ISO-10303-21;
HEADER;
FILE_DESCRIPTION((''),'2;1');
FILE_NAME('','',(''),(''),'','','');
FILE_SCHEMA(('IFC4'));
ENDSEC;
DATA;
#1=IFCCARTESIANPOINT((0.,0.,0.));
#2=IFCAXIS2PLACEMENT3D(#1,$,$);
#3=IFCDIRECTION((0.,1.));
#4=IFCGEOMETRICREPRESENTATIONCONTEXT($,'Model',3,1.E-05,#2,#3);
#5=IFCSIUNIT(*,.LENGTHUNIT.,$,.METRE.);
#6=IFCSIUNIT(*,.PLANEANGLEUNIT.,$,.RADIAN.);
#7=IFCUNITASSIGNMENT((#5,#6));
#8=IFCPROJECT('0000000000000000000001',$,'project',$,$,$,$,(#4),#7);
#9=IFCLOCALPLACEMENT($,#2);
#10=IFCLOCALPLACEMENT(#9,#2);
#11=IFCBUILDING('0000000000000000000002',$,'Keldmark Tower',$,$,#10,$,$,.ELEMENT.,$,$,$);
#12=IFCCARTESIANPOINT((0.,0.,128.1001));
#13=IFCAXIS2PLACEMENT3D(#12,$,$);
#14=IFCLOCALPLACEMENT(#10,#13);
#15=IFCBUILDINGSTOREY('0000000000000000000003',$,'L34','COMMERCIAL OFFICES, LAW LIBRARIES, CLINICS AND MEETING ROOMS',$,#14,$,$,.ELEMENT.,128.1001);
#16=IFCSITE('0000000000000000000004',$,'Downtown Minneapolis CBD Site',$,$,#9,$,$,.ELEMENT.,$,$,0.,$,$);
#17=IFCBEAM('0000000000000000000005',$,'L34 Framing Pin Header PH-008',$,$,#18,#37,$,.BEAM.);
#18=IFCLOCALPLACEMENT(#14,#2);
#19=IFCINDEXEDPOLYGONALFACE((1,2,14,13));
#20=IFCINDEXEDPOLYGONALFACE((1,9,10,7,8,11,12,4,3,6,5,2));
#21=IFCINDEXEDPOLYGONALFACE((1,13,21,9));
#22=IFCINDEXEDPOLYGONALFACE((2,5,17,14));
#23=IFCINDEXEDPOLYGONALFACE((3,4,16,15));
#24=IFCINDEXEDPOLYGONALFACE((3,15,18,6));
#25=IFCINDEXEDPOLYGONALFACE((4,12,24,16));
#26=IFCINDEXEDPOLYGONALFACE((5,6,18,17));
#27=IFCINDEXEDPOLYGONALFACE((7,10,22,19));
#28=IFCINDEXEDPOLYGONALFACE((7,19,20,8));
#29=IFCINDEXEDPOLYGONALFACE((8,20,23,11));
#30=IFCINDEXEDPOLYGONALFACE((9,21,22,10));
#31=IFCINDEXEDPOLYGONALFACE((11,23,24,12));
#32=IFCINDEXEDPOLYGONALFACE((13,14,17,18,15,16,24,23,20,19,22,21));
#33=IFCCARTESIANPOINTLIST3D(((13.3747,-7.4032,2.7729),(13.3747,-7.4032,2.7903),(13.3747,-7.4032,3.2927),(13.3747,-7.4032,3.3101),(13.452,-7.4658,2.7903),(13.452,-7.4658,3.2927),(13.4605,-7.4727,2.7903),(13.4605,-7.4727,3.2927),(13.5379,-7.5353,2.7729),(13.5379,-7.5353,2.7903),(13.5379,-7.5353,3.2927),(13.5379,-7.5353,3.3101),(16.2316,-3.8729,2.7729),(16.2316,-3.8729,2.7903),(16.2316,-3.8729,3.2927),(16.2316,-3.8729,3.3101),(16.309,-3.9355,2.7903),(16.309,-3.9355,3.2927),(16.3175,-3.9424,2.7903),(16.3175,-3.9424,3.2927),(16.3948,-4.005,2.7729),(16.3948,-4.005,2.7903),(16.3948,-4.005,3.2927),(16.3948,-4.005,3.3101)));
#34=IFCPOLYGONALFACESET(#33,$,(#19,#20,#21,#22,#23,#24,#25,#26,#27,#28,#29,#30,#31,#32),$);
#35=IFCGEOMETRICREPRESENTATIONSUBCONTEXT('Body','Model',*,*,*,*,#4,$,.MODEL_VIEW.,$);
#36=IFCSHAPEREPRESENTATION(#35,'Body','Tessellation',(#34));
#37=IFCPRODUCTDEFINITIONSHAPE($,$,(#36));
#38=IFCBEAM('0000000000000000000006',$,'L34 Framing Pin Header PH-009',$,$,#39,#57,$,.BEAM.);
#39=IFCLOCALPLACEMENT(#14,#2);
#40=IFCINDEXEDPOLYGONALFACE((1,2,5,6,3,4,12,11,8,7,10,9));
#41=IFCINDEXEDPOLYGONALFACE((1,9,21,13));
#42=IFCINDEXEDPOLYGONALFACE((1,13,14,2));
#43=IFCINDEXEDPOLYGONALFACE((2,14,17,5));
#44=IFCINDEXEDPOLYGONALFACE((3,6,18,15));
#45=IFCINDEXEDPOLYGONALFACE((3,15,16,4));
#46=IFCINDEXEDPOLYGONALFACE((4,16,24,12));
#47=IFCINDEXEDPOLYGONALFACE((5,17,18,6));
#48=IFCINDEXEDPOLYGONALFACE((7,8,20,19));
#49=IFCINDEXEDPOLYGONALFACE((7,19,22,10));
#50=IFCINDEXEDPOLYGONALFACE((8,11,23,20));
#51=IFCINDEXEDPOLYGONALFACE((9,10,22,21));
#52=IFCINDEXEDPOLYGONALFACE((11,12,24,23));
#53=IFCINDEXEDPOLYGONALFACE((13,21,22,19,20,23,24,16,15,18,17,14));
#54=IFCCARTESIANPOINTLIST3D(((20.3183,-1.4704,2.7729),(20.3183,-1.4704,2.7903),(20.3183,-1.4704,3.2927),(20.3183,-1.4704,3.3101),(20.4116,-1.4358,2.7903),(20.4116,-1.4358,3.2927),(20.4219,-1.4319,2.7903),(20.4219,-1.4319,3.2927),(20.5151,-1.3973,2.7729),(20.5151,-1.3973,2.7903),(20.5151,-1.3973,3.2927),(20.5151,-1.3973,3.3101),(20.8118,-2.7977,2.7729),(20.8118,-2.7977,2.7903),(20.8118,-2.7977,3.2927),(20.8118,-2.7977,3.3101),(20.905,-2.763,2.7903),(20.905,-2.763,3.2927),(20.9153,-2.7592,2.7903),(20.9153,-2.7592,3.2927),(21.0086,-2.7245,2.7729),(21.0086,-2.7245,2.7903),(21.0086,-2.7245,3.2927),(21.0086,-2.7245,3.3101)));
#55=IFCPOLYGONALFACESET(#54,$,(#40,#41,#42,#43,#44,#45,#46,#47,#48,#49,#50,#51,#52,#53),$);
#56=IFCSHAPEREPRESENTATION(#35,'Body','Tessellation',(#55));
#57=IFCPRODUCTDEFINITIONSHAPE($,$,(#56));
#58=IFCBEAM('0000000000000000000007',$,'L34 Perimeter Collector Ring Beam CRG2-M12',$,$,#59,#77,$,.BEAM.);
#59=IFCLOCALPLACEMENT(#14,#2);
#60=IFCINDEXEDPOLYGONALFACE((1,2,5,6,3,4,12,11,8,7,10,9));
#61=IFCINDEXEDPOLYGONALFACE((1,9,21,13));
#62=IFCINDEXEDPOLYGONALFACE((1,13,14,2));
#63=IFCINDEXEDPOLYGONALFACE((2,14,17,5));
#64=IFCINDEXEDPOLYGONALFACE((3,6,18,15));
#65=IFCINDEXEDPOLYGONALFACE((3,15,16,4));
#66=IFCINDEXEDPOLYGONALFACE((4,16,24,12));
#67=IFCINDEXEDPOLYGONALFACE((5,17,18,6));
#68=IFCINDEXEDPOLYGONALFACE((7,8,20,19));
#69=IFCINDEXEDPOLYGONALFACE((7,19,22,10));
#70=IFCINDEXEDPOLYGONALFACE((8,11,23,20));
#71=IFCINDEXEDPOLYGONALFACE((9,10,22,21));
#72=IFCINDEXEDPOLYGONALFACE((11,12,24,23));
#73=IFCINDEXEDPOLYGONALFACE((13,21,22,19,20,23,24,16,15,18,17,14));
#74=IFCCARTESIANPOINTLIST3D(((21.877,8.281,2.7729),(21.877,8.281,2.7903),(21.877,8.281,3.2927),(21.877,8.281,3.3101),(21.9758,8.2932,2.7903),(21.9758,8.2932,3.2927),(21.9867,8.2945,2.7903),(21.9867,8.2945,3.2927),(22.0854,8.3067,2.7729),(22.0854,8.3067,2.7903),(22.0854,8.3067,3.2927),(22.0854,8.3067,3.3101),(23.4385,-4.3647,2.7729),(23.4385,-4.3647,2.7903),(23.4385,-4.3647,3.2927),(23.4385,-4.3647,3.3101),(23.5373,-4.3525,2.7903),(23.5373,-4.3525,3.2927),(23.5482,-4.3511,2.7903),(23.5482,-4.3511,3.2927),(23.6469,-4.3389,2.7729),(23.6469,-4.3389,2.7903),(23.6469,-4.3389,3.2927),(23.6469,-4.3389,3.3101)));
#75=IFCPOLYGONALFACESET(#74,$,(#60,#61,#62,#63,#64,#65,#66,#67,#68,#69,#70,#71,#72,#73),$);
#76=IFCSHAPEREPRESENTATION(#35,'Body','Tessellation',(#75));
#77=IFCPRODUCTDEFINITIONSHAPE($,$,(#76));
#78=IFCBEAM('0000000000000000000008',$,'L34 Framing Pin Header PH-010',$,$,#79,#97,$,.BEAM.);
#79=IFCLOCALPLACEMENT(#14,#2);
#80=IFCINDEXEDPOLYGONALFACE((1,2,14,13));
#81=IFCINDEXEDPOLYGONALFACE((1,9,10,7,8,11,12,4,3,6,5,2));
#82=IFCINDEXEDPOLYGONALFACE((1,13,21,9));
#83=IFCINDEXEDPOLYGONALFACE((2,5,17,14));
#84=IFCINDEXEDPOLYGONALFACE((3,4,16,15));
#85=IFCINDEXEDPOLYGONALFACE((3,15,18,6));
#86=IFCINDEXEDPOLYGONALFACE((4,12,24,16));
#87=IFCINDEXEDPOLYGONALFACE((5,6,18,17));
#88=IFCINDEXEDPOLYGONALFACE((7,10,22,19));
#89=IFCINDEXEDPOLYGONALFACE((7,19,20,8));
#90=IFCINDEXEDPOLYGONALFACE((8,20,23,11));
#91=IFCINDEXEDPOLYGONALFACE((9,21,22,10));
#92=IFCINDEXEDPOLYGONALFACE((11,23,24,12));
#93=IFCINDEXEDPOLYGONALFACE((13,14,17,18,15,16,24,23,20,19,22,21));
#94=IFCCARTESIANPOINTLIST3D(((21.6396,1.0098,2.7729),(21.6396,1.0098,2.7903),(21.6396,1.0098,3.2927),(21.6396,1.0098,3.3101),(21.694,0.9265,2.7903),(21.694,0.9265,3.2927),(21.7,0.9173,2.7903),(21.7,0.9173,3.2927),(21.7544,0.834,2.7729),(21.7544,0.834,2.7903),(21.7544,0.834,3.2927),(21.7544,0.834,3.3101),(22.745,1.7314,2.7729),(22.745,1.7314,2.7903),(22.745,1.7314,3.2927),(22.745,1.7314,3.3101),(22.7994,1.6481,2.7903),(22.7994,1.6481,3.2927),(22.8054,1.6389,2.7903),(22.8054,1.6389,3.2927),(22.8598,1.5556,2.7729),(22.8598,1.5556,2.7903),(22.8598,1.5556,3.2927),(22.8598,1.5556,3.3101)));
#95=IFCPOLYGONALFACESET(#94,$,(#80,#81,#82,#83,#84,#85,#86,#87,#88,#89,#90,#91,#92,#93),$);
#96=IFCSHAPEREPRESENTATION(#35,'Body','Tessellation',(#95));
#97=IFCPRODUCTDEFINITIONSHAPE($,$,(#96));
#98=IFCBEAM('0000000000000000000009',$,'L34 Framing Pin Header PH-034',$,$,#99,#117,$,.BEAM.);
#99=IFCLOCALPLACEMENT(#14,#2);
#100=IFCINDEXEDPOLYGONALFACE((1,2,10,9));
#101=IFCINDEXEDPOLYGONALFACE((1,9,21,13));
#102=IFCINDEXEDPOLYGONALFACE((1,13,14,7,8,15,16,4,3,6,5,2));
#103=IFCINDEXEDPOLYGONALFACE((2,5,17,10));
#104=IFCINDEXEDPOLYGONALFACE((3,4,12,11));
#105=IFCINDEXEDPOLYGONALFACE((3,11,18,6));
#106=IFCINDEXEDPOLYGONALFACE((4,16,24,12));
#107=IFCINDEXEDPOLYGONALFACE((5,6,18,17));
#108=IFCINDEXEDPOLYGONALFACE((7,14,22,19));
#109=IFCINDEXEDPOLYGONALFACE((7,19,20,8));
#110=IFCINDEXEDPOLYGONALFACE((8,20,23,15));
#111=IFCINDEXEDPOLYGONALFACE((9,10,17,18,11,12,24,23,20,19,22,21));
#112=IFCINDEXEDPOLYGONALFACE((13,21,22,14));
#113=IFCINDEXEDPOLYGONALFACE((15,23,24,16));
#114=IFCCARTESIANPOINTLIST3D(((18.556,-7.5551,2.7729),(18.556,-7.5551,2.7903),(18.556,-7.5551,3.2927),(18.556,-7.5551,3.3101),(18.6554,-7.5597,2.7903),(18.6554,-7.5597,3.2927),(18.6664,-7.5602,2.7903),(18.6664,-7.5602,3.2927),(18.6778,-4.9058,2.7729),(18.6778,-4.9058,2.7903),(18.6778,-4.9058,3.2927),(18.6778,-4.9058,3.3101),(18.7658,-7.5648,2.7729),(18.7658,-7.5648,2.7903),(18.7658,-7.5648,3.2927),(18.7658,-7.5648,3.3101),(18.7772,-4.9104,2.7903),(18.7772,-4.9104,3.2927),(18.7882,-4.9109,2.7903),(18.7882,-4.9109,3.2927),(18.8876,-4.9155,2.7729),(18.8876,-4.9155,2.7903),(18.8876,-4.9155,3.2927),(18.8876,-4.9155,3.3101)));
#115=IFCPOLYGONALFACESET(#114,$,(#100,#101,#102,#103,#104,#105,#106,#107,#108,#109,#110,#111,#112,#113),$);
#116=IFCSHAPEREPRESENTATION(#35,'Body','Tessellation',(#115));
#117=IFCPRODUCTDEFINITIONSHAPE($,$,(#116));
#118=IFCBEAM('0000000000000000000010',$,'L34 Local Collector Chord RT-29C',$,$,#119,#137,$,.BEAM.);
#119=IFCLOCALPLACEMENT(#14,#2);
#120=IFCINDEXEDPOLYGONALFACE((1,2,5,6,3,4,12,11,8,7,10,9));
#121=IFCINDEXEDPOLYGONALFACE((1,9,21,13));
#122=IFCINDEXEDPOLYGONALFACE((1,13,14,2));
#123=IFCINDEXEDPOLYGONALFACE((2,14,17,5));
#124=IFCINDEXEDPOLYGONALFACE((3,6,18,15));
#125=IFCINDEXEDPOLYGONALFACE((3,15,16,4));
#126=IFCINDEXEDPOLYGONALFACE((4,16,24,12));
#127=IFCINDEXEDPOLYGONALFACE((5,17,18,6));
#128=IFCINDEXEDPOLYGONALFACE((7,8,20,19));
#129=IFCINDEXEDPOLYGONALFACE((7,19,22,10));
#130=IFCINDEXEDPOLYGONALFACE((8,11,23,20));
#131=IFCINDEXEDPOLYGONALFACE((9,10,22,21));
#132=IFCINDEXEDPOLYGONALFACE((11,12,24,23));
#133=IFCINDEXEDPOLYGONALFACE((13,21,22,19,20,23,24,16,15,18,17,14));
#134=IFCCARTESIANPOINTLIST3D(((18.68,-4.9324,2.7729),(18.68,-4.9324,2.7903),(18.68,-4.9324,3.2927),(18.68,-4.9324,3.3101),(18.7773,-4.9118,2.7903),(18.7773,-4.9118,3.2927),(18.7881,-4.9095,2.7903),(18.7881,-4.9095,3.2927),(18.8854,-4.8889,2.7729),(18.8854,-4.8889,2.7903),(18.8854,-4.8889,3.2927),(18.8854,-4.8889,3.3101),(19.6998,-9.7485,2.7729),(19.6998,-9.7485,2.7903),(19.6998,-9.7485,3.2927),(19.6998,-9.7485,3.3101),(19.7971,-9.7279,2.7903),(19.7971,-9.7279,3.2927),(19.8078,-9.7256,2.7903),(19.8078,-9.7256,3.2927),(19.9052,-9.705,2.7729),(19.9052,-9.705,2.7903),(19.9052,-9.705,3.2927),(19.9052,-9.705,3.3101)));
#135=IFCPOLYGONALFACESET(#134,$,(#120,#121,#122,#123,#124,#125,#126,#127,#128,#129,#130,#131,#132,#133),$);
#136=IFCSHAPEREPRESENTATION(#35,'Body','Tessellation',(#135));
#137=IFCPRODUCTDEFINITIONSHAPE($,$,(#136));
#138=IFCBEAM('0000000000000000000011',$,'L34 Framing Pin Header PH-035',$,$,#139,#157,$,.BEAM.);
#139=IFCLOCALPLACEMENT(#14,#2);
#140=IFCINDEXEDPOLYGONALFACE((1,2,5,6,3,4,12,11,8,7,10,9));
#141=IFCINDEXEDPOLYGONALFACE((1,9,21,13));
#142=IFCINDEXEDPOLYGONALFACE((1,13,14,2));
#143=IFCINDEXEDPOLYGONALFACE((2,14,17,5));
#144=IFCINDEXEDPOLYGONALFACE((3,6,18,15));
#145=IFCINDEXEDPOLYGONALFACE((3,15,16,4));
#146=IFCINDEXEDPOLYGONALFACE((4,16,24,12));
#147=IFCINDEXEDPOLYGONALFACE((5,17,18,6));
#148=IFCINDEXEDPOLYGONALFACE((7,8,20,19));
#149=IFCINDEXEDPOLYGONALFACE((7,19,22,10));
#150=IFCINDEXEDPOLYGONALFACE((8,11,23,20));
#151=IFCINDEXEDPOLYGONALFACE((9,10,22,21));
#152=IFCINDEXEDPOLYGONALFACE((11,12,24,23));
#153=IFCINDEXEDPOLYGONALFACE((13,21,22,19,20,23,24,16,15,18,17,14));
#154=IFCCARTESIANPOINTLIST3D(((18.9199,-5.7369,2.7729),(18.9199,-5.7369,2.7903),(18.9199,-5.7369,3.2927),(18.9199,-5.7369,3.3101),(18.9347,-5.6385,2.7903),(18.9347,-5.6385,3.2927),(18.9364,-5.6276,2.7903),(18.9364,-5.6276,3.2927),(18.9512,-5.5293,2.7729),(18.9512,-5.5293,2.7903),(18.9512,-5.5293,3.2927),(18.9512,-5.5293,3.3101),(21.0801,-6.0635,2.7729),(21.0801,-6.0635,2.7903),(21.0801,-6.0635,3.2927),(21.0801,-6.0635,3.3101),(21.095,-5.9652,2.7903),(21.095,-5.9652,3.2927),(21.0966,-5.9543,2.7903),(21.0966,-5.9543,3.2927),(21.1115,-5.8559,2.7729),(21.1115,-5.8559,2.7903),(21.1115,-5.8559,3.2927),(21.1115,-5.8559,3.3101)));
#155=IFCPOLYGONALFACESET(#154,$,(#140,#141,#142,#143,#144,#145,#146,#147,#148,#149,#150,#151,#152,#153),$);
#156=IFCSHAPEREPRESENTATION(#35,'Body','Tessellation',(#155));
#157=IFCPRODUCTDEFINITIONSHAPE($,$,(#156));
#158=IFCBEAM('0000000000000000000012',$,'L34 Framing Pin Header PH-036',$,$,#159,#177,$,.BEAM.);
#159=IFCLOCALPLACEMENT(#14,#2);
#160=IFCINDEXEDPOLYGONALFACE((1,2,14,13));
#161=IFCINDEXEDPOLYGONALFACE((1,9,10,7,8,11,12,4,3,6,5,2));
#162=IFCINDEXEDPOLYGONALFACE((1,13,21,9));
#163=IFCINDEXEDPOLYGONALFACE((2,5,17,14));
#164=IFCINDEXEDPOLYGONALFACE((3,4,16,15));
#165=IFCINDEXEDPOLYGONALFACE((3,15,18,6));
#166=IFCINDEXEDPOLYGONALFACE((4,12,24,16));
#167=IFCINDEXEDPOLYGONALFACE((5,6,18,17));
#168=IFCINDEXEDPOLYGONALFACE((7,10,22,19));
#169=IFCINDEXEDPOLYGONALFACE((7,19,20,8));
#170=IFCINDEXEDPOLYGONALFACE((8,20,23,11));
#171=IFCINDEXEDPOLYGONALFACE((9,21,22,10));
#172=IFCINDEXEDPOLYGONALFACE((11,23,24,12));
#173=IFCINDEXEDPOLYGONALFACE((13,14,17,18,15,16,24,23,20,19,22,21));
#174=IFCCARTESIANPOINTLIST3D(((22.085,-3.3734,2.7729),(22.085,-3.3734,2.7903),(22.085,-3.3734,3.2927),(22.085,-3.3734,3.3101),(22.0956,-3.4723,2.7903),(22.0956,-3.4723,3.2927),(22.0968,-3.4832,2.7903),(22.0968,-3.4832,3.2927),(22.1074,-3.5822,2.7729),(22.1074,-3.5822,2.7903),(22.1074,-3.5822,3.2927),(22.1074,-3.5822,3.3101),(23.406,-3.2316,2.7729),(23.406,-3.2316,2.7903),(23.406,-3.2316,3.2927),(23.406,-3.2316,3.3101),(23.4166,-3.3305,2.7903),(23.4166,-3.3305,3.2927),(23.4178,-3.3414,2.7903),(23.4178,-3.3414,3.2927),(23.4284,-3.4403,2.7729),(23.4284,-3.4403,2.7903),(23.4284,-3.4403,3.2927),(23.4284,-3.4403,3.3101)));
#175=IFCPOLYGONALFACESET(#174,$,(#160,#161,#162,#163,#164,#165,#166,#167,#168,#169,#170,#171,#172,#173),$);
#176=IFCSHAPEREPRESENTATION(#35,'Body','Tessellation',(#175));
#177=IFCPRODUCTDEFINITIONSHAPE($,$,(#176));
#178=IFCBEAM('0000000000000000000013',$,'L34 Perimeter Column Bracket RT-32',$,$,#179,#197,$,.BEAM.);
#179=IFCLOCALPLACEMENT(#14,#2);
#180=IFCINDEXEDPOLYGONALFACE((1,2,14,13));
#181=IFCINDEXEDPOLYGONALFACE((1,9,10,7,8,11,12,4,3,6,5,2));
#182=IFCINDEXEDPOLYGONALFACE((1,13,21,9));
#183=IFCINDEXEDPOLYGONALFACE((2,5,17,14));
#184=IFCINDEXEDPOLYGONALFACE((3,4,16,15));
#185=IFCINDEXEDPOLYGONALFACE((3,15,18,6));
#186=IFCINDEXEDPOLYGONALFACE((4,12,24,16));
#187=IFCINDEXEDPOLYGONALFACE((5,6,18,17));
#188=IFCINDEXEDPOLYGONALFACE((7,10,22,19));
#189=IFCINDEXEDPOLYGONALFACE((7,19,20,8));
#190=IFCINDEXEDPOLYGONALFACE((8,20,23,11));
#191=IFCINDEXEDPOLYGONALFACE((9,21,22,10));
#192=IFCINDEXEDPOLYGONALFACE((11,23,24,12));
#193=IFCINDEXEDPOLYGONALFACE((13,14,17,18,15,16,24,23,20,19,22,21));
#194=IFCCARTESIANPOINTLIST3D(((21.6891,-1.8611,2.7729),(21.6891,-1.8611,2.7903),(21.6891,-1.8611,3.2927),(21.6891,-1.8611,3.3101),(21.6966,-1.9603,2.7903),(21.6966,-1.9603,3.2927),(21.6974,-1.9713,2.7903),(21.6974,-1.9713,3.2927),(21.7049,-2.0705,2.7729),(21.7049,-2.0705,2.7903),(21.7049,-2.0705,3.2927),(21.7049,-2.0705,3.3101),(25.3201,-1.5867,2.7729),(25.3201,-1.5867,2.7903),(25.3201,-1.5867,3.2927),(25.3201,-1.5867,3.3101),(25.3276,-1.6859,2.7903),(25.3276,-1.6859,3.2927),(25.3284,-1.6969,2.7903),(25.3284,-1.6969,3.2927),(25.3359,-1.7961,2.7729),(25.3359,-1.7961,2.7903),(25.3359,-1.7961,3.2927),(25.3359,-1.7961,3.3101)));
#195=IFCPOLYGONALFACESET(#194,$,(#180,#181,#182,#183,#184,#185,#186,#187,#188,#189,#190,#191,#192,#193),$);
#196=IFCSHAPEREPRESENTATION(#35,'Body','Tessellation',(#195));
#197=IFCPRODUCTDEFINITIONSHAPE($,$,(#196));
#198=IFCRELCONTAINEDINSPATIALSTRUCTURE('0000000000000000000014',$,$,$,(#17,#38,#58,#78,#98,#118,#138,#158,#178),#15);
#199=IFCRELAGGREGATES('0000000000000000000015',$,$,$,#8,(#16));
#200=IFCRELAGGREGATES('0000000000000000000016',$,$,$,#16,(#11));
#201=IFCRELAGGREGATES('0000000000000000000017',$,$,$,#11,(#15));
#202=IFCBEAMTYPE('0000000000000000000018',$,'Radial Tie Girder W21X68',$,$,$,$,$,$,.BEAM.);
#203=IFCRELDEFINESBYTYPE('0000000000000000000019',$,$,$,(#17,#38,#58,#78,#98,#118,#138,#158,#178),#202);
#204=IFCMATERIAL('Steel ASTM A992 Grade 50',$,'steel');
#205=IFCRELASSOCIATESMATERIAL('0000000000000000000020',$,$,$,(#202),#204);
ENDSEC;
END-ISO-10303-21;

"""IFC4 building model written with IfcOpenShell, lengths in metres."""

from ifc_helpers import new_model, si_unit, direction, frame, origin, origin_2d, place, context, subcontext, project, spatial, i_section, extrude, material, material_profile, profile_set, type_object, element, save


model = new_model("IFC4")

# Units and contexts
model_context = context("Model", 3, precision=1e-05, world=origin(), true_north=direction((0.0, 1.0)))
body_context = subcontext(model_context, "Body", "Model", "MODEL_VIEW")
ifc_project = project(units=[si_unit("LENGTHUNIT", "METRE"), si_unit("PLANEANGLEUNIT", "RADIAN")], contexts=[model_context])

# Site, building, storey
site_placement = place(None, origin())
site = spatial("IfcSite", under=ifc_project, at=site_placement, Name="Downtown Minneapolis CBD Site", CompositionType="ELEMENT", RefElevation=0.0)
building_placement = place(site_placement, origin())
building = spatial("IfcBuilding", under=site, at=building_placement, Name="Keldmark Tower", CompositionType="ELEMENT")
storey_placement = place(building_placement, frame((0.0, 0.0, 128.1001)))
storey = spatial("IfcBuildingStorey", under=building, at=storey_placement, Name="L34", Description="COMMERCIAL OFFICES, LAW LIBRARIES, CLINICS AND MEETING ROOMS", CompositionType="ELEMENT", Elevation=128.1001)

# Beams
ifc_material_1 = material(Name="Steel ASTM A992 Grade 50", Category="steel")
ifc_material_profile_1 = material_profile(ifc_material_1, i_section(OverallWidth=0.21, OverallDepth=0.5371, WebThickness=0.011, FlangeThickness=0.0173, at=origin_2d()), Name="W21X68")
ifc_profile_set_1 = profile_set([ifc_material_profile_1], Name="Steel ASTM A992 Grade 50")
beam_type_1 = type_object("IfcBeamType", Name="Radial Tie Girder W21X68", PredefinedType="BEAM", material=ifc_profile_set_1)
beam_1_placement = place(storey_placement, frame((16.3132, -3.939, 3.0415), z_axis=(-0.629078, -0.777343, 0.0), x_axis=(0.777343, -0.629078, 0.0)))
element("IfcBeam", 1, at=beam_1_placement, inside=storey, type_object=beam_type_1, Name="L34 Framing Pin Header PH-008", PredefinedType="BEAM", context=body_context, shape_type="SweptSolid", body=[
    extrude(i_section(OverallWidth=0.21, OverallDepth=0.5371, WebThickness=0.011, FlangeThickness=0.0173, at=origin_2d()), origin(), (0.0, 0.0, 1.0), 4.5415),
])
beam_2_placement = place(storey_placement, frame((20.4167, -1.4338, 3.0415), z_axis=(0.348477, -0.937317, 0.0), x_axis=(0.937317, 0.348477, 0.0)))
element("IfcBeam", 2, at=beam_2_placement, inside=storey, type_object=beam_type_1, Name="L34 Framing Pin Header PH-009", PredefinedType="BEAM", context=body_context, shape_type="SweptSolid", body=[
    extrude(i_section(OverallWidth=0.21, OverallDepth=0.5371, WebThickness=0.011, FlangeThickness=0.0173, at=origin_2d()), origin(), (0.0, 0.0, 1.0), 1.416),
])
beam_3_placement = place(storey_placement, frame((23.5427, -4.3518, 3.0415), z_axis=(-0.122551, 0.992462, 0.0), x_axis=(-0.992462, -0.122551, 0.0)))
element("IfcBeam", 3, at=beam_3_placement, inside=storey, type_object=beam_type_1, Name="L34 Perimeter Collector Ring Beam CRG2-M12", PredefinedType="BEAM", context=body_context, shape_type="SweptSolid", body=[
    extrude(i_section(OverallWidth=0.21, OverallDepth=0.5371, WebThickness=0.011, FlangeThickness=0.0173, at=origin_2d()), origin(), (0.0, 0.0, 1.0), 12.7417),
])
beam_4_placement = place(storey_placement, frame((21.697, 0.9219, 3.0415), z_axis=(0.83736, 0.546651, 0.0), x_axis=(-0.546651, 0.83736, 0.0)))
element("IfcBeam", 4, at=beam_4_placement, inside=storey, type_object=beam_type_1, Name="L34 Framing Pin Header PH-010", PredefinedType="BEAM", context=body_context, shape_type="SweptSolid", body=[
    extrude(i_section(OverallWidth=0.21, OverallDepth=0.5371, WebThickness=0.011, FlangeThickness=0.0173, at=origin_2d()), origin(), (0.0, 0.0, 1.0), 1.3201),
])
beam_5_placement = place(storey_placement, frame((18.7827, -4.9106, 3.0415), z_axis=(-0.045934, -0.998944, 0.0), x_axis=(0.998944, -0.045934, 0.0)))
element("IfcBeam", 5, at=beam_5_placement, inside=storey, type_object=beam_type_1, Name="L34 Framing Pin Header PH-034", PredefinedType="BEAM", context=body_context, shape_type="SweptSolid", body=[
    extrude(i_section(OverallWidth=0.21, OverallDepth=0.5371, WebThickness=0.011, FlangeThickness=0.0173, at=origin_2d()), origin(), (0.0, 0.0, 1.0), 2.6521),
])
beam_6_placement = place(storey_placement, frame((18.7827, -4.9106, 3.0415), z_axis=(0.207148, -0.97831, 0.0), x_axis=(0.97831, 0.207148, 0.0)))
element("IfcBeam", 6, at=beam_6_placement, inside=storey, type_object=beam_type_1, Name="L34 Local Collector Chord RT-29C", PredefinedType="BEAM", context=body_context, shape_type="SweptSolid", body=[
    extrude(i_section(OverallWidth=0.21, OverallDepth=0.5371, WebThickness=0.011, FlangeThickness=0.0173, at=origin_2d()), origin(), (0.0, 0.0, 1.0), 4.9229),
])
beam_7_placement = place(storey_placement, frame((18.9355, -5.6331, 3.0415), z_axis=(0.988759, -0.149521, 0.0), x_axis=(0.149521, 0.988759, 0.0)))
element("IfcBeam", 7, at=beam_7_placement, inside=storey, type_object=beam_type_1, Name="L34 Framing Pin Header PH-035", PredefinedType="BEAM", context=body_context, shape_type="SweptSolid", body=[
    extrude(i_section(OverallWidth=0.21, OverallDepth=0.5371, WebThickness=0.011, FlangeThickness=0.0173, at=origin_2d()), origin(), (0.0, 0.0, 1.0), 2.1848),
])
beam_8_placement = place(storey_placement, frame((22.0962, -3.4778, 3.0415), z_axis=(0.994285, 0.10676, 0.0), x_axis=(-0.10676, 0.994285, 0.0)))
element("IfcBeam", 8, at=beam_8_placement, inside=storey, type_object=beam_type_1, Name="L34 Framing Pin Header PH-036", PredefinedType="BEAM", context=body_context, shape_type="SweptSolid", body=[
    extrude(i_section(OverallWidth=0.21, OverallDepth=0.5371, WebThickness=0.011, FlangeThickness=0.0173, at=origin_2d()), origin(), (0.0, 0.0, 1.0), 1.3286),
])
beam_9_placement = place(storey_placement, frame((21.697, -1.9658, 3.0415), z_axis=(0.997157, 0.075358, 0.0), x_axis=(-0.075358, 0.997157, 0.0)))
element("IfcBeam", 9, at=beam_9_placement, inside=storey, type_object=beam_type_1, Name="L34 Perimeter Column Bracket RT-32", PredefinedType="BEAM", context=body_context, shape_type="SweptSolid", body=[
    extrude(i_section(OverallWidth=0.21, OverallDepth=0.5371, WebThickness=0.011, FlangeThickness=0.0173, at=origin_2d()), origin(), (0.0, 0.0, 1.0), 3.6414),
])

save(model, "model.ifc")
